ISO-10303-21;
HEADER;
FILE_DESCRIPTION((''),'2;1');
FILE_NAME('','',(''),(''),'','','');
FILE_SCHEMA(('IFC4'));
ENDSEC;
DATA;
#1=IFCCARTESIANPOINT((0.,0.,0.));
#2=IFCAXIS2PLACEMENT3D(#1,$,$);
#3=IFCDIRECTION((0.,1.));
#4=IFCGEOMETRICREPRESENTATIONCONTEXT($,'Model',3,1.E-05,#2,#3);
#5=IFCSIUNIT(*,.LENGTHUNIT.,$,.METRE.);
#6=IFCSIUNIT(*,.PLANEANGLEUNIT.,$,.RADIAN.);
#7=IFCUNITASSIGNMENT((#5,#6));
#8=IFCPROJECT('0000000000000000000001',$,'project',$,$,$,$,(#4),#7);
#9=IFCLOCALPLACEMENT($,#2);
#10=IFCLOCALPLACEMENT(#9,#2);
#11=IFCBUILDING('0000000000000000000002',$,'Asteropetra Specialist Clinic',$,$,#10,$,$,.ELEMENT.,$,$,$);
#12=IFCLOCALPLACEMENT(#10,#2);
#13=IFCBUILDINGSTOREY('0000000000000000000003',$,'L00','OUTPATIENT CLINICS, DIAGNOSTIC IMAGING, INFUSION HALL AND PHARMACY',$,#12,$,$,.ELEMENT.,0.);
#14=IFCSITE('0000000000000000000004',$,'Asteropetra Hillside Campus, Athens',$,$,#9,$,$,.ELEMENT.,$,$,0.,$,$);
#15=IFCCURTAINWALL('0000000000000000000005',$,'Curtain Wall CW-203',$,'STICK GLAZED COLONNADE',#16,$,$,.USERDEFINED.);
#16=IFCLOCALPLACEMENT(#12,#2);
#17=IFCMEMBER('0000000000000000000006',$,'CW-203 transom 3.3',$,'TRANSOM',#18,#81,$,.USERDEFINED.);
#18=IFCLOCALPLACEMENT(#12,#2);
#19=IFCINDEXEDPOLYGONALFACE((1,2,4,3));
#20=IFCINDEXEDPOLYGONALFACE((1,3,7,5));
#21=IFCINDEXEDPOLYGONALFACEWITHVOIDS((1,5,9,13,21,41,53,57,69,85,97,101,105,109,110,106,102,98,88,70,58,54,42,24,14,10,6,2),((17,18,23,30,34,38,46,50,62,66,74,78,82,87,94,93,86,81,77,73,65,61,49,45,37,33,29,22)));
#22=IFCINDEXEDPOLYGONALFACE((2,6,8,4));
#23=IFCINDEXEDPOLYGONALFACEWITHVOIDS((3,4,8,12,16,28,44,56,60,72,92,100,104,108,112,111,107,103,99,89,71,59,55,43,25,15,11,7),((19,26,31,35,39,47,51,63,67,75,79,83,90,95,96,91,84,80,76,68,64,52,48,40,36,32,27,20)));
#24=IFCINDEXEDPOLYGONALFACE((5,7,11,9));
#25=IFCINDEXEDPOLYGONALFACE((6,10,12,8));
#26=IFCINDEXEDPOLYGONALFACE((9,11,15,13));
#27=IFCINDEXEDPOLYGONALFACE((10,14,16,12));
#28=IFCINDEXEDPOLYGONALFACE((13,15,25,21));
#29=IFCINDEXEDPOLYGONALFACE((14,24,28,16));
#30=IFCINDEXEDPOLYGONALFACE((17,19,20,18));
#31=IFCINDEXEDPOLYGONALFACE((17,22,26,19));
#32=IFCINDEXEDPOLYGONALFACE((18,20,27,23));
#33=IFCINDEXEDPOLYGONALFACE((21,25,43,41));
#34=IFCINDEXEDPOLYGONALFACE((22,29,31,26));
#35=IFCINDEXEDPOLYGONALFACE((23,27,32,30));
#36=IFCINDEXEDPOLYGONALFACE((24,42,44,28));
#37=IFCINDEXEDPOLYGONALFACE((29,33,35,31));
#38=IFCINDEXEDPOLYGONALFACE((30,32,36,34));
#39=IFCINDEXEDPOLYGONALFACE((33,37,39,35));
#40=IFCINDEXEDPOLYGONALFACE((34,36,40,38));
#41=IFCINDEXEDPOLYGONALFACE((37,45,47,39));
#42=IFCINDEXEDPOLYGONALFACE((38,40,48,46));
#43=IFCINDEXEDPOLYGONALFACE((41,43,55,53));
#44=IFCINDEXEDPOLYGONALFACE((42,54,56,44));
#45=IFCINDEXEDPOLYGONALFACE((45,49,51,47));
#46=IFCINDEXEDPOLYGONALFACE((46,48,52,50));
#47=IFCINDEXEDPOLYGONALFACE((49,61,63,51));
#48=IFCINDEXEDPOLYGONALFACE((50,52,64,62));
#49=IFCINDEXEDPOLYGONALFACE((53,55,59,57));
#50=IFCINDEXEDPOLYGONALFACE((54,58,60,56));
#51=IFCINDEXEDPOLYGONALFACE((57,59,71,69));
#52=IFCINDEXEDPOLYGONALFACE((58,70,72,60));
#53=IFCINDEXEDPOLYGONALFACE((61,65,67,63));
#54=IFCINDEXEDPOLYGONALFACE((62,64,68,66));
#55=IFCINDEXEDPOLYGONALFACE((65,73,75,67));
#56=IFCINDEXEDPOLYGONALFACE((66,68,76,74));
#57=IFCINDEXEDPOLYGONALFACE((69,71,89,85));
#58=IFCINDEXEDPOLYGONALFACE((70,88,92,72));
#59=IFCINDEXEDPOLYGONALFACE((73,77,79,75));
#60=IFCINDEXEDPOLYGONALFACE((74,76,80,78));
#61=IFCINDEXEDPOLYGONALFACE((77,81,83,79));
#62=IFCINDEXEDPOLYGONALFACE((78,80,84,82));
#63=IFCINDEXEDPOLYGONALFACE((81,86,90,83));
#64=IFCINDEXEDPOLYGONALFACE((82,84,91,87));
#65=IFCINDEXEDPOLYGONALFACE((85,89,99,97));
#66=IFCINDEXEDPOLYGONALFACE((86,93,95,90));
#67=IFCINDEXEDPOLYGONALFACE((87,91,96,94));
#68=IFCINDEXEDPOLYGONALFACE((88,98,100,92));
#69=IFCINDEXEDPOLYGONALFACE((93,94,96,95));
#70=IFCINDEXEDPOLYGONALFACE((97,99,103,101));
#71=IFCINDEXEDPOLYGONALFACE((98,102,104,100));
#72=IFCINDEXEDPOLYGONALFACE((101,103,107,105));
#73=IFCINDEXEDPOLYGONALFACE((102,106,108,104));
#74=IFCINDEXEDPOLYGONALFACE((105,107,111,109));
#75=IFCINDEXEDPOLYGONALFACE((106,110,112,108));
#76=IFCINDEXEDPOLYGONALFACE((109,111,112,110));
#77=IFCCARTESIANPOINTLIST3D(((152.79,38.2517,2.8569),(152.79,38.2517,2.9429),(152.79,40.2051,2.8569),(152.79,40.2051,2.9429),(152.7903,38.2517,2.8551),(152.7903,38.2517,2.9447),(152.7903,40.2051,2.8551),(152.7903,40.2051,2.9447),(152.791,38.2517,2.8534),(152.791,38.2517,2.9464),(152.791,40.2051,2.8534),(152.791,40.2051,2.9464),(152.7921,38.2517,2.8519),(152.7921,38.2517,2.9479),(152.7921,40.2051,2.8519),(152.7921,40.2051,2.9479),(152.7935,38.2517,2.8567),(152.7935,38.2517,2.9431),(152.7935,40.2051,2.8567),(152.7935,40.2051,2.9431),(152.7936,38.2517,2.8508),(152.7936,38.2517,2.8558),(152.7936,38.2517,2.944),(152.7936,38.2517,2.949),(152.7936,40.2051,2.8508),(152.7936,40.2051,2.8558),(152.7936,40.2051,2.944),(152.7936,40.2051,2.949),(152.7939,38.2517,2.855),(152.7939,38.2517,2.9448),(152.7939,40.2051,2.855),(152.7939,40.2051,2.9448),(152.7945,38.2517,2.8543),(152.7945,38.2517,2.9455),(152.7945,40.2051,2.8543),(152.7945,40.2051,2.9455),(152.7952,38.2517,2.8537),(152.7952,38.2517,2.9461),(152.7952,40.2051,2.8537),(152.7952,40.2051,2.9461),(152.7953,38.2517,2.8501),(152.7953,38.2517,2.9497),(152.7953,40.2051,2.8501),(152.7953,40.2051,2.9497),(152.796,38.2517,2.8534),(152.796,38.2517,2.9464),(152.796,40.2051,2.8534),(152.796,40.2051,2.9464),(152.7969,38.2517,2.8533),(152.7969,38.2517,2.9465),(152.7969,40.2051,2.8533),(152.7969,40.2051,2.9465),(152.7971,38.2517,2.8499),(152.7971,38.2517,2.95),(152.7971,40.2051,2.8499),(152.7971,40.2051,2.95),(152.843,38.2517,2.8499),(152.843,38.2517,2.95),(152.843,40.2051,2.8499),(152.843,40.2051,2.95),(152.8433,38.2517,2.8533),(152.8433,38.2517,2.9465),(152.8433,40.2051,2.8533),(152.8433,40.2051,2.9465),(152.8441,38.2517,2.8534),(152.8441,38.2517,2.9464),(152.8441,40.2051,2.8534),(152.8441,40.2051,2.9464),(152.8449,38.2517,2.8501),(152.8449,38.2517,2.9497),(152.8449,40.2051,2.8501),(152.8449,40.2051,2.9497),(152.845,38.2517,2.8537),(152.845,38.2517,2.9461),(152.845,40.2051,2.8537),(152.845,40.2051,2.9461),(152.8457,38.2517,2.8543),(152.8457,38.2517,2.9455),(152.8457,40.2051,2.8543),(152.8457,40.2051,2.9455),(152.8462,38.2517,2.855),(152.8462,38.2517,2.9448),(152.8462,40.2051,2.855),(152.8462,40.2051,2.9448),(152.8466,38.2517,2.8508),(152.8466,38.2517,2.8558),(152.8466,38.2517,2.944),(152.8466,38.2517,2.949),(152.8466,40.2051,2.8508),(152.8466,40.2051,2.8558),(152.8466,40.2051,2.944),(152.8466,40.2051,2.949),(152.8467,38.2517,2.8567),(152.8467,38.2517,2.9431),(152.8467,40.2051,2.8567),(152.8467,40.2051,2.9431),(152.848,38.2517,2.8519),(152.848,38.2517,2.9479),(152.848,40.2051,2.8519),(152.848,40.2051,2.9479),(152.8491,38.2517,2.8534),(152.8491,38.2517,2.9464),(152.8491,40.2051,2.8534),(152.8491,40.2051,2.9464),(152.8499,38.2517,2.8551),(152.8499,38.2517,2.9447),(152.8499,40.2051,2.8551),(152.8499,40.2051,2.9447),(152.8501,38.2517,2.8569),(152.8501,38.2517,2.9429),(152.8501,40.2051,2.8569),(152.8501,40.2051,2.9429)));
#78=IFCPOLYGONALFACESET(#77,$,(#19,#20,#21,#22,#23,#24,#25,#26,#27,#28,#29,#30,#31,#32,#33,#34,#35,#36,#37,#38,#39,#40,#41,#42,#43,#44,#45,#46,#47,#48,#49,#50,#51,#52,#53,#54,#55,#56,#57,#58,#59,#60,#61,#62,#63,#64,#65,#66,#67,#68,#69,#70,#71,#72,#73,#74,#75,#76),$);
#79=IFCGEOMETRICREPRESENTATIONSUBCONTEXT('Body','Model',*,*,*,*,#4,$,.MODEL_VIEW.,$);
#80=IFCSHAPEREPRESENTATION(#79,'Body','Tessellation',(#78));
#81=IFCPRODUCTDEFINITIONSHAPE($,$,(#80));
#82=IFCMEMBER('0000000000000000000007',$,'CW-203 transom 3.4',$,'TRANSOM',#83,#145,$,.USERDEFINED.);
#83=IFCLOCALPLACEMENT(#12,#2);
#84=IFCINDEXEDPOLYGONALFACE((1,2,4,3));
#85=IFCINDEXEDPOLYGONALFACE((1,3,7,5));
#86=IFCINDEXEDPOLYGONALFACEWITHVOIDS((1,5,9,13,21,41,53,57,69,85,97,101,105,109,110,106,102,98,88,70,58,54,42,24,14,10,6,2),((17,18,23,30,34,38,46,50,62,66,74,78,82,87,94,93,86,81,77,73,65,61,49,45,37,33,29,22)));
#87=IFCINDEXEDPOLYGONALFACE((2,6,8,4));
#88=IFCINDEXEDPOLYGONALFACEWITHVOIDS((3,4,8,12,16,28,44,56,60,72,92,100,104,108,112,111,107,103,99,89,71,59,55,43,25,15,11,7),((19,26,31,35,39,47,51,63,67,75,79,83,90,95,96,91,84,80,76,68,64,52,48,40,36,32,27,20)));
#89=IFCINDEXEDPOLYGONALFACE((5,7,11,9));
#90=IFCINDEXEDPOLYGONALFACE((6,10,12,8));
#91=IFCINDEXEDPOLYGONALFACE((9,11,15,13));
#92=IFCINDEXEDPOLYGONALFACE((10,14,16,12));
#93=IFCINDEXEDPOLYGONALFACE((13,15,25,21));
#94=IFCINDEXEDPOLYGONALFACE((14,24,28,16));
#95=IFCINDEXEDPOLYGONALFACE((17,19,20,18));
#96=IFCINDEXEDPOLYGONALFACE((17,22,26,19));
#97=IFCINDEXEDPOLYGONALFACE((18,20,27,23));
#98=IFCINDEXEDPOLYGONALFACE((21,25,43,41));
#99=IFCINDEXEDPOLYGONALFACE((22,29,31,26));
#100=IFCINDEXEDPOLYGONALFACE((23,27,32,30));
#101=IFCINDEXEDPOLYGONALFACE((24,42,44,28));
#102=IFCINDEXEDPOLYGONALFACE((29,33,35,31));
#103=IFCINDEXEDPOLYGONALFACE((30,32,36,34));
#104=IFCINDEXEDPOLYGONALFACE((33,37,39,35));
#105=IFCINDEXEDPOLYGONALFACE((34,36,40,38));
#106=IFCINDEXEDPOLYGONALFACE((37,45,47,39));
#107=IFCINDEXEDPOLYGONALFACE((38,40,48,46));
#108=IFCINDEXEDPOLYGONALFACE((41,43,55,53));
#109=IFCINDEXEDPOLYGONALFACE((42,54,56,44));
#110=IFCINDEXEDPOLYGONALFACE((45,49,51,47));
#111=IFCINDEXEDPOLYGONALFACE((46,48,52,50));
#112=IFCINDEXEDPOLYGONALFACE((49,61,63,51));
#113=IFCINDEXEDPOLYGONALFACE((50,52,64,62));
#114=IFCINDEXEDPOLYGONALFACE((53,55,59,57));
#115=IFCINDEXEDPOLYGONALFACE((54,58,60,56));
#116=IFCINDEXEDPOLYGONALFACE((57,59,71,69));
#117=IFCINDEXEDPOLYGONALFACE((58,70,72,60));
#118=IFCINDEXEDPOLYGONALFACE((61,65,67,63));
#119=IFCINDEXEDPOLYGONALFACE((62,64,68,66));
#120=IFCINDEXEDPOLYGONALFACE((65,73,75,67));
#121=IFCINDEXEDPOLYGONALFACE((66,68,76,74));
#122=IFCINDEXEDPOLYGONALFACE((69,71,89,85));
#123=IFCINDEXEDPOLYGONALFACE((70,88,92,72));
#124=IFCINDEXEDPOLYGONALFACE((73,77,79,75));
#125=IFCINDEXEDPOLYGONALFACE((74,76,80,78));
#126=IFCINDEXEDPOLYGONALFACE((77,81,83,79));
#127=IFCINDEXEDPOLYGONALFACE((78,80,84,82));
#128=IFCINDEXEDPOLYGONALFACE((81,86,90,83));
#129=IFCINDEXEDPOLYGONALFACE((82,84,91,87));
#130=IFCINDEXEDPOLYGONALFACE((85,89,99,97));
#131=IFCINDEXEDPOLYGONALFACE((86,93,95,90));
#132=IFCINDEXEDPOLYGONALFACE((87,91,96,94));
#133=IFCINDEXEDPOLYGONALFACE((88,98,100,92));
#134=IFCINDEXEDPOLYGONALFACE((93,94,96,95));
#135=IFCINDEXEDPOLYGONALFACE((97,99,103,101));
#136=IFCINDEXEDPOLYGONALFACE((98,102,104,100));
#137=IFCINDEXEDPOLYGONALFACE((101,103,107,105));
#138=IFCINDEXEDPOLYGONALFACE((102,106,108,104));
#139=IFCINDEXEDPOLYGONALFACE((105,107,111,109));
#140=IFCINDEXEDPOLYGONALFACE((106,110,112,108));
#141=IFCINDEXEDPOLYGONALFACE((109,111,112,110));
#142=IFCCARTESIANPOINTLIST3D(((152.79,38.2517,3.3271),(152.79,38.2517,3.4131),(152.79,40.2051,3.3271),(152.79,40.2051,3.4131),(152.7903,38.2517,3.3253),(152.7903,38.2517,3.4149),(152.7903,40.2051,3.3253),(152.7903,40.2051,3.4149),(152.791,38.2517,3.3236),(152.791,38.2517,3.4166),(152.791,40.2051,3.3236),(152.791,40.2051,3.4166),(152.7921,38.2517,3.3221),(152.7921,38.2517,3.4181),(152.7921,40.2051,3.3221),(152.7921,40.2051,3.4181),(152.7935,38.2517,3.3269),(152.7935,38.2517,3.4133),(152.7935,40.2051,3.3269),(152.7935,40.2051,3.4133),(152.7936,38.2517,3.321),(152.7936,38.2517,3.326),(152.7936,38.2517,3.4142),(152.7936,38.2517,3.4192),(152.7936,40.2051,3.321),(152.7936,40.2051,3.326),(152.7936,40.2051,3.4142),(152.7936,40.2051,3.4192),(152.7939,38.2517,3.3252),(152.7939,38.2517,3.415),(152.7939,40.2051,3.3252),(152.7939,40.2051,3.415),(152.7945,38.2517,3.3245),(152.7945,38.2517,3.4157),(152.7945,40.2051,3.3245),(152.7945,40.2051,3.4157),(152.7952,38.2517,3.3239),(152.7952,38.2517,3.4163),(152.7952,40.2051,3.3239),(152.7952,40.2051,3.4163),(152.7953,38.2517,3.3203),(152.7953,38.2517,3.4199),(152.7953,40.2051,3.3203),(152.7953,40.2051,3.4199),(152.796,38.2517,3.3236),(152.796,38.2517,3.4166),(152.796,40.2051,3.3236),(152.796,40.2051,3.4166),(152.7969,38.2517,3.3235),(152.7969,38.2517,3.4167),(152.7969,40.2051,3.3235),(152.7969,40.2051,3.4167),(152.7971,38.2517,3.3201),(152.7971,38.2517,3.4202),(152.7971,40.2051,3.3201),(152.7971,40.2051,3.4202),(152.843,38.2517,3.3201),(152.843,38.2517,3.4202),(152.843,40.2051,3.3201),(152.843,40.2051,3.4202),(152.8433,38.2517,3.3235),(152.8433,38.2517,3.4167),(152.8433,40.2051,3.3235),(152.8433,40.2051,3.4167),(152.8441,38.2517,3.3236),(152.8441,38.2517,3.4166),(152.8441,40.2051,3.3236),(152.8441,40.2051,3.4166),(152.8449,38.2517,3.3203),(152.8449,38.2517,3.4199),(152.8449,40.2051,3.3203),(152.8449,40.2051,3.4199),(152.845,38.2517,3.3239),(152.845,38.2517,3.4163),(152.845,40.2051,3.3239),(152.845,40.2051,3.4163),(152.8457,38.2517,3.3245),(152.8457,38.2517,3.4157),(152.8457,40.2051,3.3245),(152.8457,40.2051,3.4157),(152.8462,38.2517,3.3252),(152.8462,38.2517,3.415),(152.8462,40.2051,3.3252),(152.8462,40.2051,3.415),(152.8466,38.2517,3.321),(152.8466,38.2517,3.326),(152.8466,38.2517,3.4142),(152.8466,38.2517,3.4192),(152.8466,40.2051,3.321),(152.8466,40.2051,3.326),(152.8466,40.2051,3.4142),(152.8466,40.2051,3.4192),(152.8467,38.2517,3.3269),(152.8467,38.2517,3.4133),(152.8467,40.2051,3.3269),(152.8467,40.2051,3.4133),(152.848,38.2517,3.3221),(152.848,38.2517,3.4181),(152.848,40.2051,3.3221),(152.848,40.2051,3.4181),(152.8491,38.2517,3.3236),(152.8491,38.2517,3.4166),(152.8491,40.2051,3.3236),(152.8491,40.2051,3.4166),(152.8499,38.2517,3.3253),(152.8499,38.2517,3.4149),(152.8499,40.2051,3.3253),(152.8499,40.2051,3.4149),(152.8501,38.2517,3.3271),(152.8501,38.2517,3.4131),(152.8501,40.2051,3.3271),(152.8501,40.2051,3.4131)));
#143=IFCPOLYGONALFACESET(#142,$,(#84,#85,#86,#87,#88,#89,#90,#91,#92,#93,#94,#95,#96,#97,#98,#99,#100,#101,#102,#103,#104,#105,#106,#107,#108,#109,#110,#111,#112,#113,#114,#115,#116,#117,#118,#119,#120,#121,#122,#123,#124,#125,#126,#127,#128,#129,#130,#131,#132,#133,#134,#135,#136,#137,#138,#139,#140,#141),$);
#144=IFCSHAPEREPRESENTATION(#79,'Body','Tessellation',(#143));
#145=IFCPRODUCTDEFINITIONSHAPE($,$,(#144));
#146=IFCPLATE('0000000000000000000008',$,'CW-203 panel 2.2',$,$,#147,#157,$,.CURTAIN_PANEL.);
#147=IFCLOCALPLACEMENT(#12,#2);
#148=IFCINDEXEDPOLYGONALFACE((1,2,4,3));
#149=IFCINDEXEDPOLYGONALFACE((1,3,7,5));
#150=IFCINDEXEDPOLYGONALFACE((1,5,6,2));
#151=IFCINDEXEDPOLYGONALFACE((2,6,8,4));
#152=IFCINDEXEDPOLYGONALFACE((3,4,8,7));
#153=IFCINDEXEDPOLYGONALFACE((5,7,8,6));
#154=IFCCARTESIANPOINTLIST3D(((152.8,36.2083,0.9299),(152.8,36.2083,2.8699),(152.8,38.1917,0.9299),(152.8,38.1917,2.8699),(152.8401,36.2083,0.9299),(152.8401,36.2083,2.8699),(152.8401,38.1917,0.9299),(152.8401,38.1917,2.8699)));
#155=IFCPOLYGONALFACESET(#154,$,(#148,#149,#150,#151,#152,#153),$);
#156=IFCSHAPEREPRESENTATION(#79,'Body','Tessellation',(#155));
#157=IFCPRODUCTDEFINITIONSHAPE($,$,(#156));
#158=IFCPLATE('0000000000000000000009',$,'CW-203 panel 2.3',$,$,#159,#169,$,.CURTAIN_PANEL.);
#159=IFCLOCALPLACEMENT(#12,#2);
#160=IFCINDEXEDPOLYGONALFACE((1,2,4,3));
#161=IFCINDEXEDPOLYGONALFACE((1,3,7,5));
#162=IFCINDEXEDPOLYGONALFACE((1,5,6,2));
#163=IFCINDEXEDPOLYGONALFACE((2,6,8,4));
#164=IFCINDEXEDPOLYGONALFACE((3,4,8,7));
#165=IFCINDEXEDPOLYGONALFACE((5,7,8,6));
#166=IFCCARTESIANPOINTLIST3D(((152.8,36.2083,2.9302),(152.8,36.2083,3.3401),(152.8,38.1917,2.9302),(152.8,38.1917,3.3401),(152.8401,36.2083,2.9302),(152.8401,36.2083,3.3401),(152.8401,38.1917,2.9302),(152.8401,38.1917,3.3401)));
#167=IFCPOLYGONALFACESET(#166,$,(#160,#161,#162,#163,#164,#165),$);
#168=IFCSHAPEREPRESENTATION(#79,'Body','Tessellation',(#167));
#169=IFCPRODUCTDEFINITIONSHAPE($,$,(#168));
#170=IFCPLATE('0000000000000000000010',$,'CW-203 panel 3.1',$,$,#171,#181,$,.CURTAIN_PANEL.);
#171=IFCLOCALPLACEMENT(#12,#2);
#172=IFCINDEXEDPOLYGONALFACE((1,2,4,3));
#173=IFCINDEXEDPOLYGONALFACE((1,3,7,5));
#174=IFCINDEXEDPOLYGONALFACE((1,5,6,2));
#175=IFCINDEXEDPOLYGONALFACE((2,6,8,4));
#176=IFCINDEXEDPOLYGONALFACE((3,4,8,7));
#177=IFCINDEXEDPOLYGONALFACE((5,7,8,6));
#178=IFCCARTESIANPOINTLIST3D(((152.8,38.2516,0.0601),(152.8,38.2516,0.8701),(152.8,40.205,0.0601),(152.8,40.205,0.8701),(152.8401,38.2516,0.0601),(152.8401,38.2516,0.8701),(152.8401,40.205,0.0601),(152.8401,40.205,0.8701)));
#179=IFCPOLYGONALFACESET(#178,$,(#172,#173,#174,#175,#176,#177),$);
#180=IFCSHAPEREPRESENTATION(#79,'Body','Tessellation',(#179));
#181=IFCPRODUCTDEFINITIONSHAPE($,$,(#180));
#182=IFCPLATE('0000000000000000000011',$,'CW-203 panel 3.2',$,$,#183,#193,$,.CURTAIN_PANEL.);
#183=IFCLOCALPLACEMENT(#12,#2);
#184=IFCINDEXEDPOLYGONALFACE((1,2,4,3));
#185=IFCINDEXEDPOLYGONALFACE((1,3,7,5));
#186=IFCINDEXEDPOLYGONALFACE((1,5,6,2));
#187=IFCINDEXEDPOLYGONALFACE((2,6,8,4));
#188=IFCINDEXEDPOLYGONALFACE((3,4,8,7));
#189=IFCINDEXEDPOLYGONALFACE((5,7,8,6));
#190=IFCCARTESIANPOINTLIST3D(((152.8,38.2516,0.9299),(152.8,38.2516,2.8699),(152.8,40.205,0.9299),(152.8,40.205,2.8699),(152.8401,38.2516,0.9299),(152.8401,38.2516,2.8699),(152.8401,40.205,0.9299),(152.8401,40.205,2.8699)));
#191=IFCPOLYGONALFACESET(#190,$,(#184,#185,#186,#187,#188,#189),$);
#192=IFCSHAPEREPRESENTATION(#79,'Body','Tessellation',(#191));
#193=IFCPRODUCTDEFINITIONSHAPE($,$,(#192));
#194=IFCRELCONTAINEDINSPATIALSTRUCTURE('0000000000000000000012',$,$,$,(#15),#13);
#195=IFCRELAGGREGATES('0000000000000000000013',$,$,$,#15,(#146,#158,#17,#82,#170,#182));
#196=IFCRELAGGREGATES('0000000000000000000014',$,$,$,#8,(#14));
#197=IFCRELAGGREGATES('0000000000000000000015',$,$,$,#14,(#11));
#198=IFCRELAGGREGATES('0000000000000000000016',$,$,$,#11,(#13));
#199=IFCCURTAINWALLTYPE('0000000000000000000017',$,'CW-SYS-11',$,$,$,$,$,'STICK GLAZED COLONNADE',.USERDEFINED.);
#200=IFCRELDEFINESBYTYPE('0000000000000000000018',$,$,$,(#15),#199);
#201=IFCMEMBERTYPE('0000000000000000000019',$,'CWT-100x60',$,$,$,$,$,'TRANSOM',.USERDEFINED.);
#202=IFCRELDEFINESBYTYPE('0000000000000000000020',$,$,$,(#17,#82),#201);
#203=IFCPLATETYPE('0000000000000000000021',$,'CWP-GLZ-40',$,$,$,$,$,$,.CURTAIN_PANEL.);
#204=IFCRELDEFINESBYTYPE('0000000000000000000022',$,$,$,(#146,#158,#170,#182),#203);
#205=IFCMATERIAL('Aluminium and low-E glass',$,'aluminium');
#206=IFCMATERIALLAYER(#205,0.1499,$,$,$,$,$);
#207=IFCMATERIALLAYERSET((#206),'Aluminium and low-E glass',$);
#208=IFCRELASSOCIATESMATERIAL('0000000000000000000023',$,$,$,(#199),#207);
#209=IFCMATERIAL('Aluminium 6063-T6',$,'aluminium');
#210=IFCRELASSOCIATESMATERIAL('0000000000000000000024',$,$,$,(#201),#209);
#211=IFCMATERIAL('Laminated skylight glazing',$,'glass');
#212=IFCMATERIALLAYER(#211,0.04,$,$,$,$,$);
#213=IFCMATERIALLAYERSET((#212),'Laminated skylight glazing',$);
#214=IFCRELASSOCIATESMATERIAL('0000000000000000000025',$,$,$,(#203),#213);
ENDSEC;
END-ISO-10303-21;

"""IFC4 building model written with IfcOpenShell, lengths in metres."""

from ifc_helpers import new_model, si_unit, direction, frame, origin, origin_2d, place, context, subcontext, project, spatial, rectangle, hollow_rectangle, extrude, material, layer, layer_set, material_profile, profile_set, type_object, element, aggregate, save


model = new_model("IFC4")

# Units and contexts
model_context = context("Model", 3, precision=1e-05, world=origin(), true_north=direction((0.0, 1.0)))
body_context = subcontext(model_context, "Body", "Model", "MODEL_VIEW")
ifc_project = project(units=[si_unit("LENGTHUNIT", "METRE"), si_unit("PLANEANGLEUNIT", "RADIAN")], contexts=[model_context])

# Site, building, storey
site_placement = place(None, origin())
site = spatial("IfcSite", under=ifc_project, at=site_placement, Name="Asteropetra Hillside Campus, Athens", CompositionType="ELEMENT", RefElevation=0.0)
building_placement = place(site_placement, origin())
building = spatial("IfcBuilding", under=site, at=building_placement, Name="Asteropetra Specialist Clinic", CompositionType="ELEMENT")
storey_placement = place(building_placement, origin())
storey = spatial("IfcBuildingStorey", under=building, at=storey_placement, Name="L00", Description="OUTPATIENT CLINICS, DIAGNOSTIC IMAGING, INFUSION HALL AND PHARMACY", CompositionType="ELEMENT", Elevation=0.0)

# Curtain wall
ifc_material_1 = material(Name="Aluminium and low-E glass", Category="aluminium")
ifc_layer_1 = layer(ifc_material_1, 0.1499)
ifc_layer_set_1 = layer_set([ifc_layer_1], Name="Aluminium and low-E glass")
curtain_wall_type_1 = type_object("IfcCurtainWallType", Name="CW-SYS-11", ElementType="STICK GLAZED COLONNADE", PredefinedType="USERDEFINED", material=ifc_layer_set_1)
curtain_wall_1_placement = place(storey_placement, origin())
curtain_wall_1 = element("IfcCurtainWall", 1, at=curtain_wall_1_placement, inside=storey, type_object=curtain_wall_type_1, Name="Curtain Wall CW-203", ObjectType="STICK GLAZED COLONNADE", PredefinedType="USERDEFINED")

# Members
ifc_material_2 = material(Name="Aluminium 6063-T6", Category="aluminium")
ifc_material_profile_1 = material_profile(ifc_material_2, hollow_rectangle(XDim=0.0601, YDim=0.1001, WallThickness=0.0034, InnerFilletRadius=0.0034, OuterFilletRadius=0.0071, at=origin_2d()), Name="TRN 100x60x3.5")
ifc_profile_set_1 = profile_set([ifc_material_profile_1], Name="Aluminium 6063-T6")
member_type_1 = type_object("IfcMemberType", Name="CWT-100x60", ElementType="TRANSOM", PredefinedType="USERDEFINED", material=ifc_profile_set_1)
member_1_placement = place(storey_placement, frame((152.8201, 38.2517, 2.8999), z_axis=(0.0, 1.0, 0.0), x_axis=(-1.0, 0.0, 0.0)))
member_1 = element("IfcMember", 2, at=member_1_placement, type_object=member_type_1, Name="CW-203 transom 3.3", ObjectType="TRANSOM", PredefinedType="USERDEFINED", context=body_context, shape_type="SweptSolid", body=[
    extrude(hollow_rectangle(XDim=0.0601, YDim=0.1001, WallThickness=0.0034, InnerFilletRadius=0.0034, OuterFilletRadius=0.0071, at=origin_2d()), origin(), (0.0, 0.0, 1.0), 1.9534),
])
member_2_placement = place(storey_placement, frame((152.8201, 38.2517, 3.3701), z_axis=(0.0, 1.0, 0.0), x_axis=(-1.0, 0.0, 0.0)))
member_2 = element("IfcMember", 3, at=member_2_placement, type_object=member_type_1, Name="CW-203 transom 3.4", ObjectType="TRANSOM", PredefinedType="USERDEFINED", context=body_context, shape_type="SweptSolid", body=[
    extrude(hollow_rectangle(XDim=0.0601, YDim=0.1001, WallThickness=0.0034, InnerFilletRadius=0.0034, OuterFilletRadius=0.0071, at=origin_2d()), origin(), (0.0, 0.0, 1.0), 1.9534),
])

# Plates
ifc_material_3 = material(Name="Laminated skylight glazing", Category="glass")
ifc_layer_2 = layer(ifc_material_3, 0.04)
ifc_layer_set_2 = layer_set([ifc_layer_2], Name="Laminated skylight glazing")
plate_type = type_object("IfcPlateType", Name="CWP-GLZ-40", PredefinedType="CURTAIN_PANEL", material=ifc_layer_set_2)
plate_1_placement = place(storey_placement, frame((152.8201, 37.2, 0.9299), z_axis=(0.0, 0.0, 1.0), x_axis=(0.0, 1.0, 0.0)))
plate_1 = element("IfcPlate", 4, at=plate_1_placement, type_object=plate_type, Name="CW-203 panel 2.2", PredefinedType="CURTAIN_PANEL", context=body_context, shape_type="SweptSolid", body=[
    extrude(rectangle(XDim=1.9834, YDim=0.04, at=origin_2d()), origin(), (0.0, 0.0, 1.0), 1.9399),
])
plate_2_placement = place(storey_placement, frame((152.8201, 37.2, 2.9302), z_axis=(0.0, 0.0, 1.0), x_axis=(0.0, 1.0, 0.0)))
plate_2 = element("IfcPlate", 5, at=plate_2_placement, type_object=plate_type, Name="CW-203 panel 2.3", PredefinedType="CURTAIN_PANEL", context=body_context, shape_type="SweptSolid", body=[
    extrude(rectangle(XDim=1.9834, YDim=0.04, at=origin_2d()), origin(), (0.0, 0.0, 1.0), 0.4099),
])
plate_3_placement = place(storey_placement, frame((152.8201, 39.2283, 0.0601), z_axis=(0.0, 0.0, 1.0), x_axis=(0.0, 1.0, 0.0)))
plate_3 = element("IfcPlate", 6, at=plate_3_placement, type_object=plate_type, Name="CW-203 panel 3.1", PredefinedType="CURTAIN_PANEL", context=body_context, shape_type="SweptSolid", body=[
    extrude(rectangle(XDim=1.9534, YDim=0.04, at=origin_2d()), origin(), (0.0, 0.0, 1.0), 0.8101),
])
plate_4_placement = place(storey_placement, frame((152.8201, 39.2283, 0.9299), z_axis=(0.0, 0.0, 1.0), x_axis=(0.0, 1.0, 0.0)))
plate_4 = element("IfcPlate", 7, at=plate_4_placement, type_object=plate_type, Name="CW-203 panel 3.2", PredefinedType="CURTAIN_PANEL", context=body_context, shape_type="SweptSolid", body=[
    extrude(rectangle(XDim=1.9534, YDim=0.04, at=origin_2d()), origin(), (0.0, 0.0, 1.0), 1.9399),
])
aggregate(curtain_wall_1, [plate_1, plate_2, member_1, member_2, plate_3, plate_4])

save(model, "model.ifc")
